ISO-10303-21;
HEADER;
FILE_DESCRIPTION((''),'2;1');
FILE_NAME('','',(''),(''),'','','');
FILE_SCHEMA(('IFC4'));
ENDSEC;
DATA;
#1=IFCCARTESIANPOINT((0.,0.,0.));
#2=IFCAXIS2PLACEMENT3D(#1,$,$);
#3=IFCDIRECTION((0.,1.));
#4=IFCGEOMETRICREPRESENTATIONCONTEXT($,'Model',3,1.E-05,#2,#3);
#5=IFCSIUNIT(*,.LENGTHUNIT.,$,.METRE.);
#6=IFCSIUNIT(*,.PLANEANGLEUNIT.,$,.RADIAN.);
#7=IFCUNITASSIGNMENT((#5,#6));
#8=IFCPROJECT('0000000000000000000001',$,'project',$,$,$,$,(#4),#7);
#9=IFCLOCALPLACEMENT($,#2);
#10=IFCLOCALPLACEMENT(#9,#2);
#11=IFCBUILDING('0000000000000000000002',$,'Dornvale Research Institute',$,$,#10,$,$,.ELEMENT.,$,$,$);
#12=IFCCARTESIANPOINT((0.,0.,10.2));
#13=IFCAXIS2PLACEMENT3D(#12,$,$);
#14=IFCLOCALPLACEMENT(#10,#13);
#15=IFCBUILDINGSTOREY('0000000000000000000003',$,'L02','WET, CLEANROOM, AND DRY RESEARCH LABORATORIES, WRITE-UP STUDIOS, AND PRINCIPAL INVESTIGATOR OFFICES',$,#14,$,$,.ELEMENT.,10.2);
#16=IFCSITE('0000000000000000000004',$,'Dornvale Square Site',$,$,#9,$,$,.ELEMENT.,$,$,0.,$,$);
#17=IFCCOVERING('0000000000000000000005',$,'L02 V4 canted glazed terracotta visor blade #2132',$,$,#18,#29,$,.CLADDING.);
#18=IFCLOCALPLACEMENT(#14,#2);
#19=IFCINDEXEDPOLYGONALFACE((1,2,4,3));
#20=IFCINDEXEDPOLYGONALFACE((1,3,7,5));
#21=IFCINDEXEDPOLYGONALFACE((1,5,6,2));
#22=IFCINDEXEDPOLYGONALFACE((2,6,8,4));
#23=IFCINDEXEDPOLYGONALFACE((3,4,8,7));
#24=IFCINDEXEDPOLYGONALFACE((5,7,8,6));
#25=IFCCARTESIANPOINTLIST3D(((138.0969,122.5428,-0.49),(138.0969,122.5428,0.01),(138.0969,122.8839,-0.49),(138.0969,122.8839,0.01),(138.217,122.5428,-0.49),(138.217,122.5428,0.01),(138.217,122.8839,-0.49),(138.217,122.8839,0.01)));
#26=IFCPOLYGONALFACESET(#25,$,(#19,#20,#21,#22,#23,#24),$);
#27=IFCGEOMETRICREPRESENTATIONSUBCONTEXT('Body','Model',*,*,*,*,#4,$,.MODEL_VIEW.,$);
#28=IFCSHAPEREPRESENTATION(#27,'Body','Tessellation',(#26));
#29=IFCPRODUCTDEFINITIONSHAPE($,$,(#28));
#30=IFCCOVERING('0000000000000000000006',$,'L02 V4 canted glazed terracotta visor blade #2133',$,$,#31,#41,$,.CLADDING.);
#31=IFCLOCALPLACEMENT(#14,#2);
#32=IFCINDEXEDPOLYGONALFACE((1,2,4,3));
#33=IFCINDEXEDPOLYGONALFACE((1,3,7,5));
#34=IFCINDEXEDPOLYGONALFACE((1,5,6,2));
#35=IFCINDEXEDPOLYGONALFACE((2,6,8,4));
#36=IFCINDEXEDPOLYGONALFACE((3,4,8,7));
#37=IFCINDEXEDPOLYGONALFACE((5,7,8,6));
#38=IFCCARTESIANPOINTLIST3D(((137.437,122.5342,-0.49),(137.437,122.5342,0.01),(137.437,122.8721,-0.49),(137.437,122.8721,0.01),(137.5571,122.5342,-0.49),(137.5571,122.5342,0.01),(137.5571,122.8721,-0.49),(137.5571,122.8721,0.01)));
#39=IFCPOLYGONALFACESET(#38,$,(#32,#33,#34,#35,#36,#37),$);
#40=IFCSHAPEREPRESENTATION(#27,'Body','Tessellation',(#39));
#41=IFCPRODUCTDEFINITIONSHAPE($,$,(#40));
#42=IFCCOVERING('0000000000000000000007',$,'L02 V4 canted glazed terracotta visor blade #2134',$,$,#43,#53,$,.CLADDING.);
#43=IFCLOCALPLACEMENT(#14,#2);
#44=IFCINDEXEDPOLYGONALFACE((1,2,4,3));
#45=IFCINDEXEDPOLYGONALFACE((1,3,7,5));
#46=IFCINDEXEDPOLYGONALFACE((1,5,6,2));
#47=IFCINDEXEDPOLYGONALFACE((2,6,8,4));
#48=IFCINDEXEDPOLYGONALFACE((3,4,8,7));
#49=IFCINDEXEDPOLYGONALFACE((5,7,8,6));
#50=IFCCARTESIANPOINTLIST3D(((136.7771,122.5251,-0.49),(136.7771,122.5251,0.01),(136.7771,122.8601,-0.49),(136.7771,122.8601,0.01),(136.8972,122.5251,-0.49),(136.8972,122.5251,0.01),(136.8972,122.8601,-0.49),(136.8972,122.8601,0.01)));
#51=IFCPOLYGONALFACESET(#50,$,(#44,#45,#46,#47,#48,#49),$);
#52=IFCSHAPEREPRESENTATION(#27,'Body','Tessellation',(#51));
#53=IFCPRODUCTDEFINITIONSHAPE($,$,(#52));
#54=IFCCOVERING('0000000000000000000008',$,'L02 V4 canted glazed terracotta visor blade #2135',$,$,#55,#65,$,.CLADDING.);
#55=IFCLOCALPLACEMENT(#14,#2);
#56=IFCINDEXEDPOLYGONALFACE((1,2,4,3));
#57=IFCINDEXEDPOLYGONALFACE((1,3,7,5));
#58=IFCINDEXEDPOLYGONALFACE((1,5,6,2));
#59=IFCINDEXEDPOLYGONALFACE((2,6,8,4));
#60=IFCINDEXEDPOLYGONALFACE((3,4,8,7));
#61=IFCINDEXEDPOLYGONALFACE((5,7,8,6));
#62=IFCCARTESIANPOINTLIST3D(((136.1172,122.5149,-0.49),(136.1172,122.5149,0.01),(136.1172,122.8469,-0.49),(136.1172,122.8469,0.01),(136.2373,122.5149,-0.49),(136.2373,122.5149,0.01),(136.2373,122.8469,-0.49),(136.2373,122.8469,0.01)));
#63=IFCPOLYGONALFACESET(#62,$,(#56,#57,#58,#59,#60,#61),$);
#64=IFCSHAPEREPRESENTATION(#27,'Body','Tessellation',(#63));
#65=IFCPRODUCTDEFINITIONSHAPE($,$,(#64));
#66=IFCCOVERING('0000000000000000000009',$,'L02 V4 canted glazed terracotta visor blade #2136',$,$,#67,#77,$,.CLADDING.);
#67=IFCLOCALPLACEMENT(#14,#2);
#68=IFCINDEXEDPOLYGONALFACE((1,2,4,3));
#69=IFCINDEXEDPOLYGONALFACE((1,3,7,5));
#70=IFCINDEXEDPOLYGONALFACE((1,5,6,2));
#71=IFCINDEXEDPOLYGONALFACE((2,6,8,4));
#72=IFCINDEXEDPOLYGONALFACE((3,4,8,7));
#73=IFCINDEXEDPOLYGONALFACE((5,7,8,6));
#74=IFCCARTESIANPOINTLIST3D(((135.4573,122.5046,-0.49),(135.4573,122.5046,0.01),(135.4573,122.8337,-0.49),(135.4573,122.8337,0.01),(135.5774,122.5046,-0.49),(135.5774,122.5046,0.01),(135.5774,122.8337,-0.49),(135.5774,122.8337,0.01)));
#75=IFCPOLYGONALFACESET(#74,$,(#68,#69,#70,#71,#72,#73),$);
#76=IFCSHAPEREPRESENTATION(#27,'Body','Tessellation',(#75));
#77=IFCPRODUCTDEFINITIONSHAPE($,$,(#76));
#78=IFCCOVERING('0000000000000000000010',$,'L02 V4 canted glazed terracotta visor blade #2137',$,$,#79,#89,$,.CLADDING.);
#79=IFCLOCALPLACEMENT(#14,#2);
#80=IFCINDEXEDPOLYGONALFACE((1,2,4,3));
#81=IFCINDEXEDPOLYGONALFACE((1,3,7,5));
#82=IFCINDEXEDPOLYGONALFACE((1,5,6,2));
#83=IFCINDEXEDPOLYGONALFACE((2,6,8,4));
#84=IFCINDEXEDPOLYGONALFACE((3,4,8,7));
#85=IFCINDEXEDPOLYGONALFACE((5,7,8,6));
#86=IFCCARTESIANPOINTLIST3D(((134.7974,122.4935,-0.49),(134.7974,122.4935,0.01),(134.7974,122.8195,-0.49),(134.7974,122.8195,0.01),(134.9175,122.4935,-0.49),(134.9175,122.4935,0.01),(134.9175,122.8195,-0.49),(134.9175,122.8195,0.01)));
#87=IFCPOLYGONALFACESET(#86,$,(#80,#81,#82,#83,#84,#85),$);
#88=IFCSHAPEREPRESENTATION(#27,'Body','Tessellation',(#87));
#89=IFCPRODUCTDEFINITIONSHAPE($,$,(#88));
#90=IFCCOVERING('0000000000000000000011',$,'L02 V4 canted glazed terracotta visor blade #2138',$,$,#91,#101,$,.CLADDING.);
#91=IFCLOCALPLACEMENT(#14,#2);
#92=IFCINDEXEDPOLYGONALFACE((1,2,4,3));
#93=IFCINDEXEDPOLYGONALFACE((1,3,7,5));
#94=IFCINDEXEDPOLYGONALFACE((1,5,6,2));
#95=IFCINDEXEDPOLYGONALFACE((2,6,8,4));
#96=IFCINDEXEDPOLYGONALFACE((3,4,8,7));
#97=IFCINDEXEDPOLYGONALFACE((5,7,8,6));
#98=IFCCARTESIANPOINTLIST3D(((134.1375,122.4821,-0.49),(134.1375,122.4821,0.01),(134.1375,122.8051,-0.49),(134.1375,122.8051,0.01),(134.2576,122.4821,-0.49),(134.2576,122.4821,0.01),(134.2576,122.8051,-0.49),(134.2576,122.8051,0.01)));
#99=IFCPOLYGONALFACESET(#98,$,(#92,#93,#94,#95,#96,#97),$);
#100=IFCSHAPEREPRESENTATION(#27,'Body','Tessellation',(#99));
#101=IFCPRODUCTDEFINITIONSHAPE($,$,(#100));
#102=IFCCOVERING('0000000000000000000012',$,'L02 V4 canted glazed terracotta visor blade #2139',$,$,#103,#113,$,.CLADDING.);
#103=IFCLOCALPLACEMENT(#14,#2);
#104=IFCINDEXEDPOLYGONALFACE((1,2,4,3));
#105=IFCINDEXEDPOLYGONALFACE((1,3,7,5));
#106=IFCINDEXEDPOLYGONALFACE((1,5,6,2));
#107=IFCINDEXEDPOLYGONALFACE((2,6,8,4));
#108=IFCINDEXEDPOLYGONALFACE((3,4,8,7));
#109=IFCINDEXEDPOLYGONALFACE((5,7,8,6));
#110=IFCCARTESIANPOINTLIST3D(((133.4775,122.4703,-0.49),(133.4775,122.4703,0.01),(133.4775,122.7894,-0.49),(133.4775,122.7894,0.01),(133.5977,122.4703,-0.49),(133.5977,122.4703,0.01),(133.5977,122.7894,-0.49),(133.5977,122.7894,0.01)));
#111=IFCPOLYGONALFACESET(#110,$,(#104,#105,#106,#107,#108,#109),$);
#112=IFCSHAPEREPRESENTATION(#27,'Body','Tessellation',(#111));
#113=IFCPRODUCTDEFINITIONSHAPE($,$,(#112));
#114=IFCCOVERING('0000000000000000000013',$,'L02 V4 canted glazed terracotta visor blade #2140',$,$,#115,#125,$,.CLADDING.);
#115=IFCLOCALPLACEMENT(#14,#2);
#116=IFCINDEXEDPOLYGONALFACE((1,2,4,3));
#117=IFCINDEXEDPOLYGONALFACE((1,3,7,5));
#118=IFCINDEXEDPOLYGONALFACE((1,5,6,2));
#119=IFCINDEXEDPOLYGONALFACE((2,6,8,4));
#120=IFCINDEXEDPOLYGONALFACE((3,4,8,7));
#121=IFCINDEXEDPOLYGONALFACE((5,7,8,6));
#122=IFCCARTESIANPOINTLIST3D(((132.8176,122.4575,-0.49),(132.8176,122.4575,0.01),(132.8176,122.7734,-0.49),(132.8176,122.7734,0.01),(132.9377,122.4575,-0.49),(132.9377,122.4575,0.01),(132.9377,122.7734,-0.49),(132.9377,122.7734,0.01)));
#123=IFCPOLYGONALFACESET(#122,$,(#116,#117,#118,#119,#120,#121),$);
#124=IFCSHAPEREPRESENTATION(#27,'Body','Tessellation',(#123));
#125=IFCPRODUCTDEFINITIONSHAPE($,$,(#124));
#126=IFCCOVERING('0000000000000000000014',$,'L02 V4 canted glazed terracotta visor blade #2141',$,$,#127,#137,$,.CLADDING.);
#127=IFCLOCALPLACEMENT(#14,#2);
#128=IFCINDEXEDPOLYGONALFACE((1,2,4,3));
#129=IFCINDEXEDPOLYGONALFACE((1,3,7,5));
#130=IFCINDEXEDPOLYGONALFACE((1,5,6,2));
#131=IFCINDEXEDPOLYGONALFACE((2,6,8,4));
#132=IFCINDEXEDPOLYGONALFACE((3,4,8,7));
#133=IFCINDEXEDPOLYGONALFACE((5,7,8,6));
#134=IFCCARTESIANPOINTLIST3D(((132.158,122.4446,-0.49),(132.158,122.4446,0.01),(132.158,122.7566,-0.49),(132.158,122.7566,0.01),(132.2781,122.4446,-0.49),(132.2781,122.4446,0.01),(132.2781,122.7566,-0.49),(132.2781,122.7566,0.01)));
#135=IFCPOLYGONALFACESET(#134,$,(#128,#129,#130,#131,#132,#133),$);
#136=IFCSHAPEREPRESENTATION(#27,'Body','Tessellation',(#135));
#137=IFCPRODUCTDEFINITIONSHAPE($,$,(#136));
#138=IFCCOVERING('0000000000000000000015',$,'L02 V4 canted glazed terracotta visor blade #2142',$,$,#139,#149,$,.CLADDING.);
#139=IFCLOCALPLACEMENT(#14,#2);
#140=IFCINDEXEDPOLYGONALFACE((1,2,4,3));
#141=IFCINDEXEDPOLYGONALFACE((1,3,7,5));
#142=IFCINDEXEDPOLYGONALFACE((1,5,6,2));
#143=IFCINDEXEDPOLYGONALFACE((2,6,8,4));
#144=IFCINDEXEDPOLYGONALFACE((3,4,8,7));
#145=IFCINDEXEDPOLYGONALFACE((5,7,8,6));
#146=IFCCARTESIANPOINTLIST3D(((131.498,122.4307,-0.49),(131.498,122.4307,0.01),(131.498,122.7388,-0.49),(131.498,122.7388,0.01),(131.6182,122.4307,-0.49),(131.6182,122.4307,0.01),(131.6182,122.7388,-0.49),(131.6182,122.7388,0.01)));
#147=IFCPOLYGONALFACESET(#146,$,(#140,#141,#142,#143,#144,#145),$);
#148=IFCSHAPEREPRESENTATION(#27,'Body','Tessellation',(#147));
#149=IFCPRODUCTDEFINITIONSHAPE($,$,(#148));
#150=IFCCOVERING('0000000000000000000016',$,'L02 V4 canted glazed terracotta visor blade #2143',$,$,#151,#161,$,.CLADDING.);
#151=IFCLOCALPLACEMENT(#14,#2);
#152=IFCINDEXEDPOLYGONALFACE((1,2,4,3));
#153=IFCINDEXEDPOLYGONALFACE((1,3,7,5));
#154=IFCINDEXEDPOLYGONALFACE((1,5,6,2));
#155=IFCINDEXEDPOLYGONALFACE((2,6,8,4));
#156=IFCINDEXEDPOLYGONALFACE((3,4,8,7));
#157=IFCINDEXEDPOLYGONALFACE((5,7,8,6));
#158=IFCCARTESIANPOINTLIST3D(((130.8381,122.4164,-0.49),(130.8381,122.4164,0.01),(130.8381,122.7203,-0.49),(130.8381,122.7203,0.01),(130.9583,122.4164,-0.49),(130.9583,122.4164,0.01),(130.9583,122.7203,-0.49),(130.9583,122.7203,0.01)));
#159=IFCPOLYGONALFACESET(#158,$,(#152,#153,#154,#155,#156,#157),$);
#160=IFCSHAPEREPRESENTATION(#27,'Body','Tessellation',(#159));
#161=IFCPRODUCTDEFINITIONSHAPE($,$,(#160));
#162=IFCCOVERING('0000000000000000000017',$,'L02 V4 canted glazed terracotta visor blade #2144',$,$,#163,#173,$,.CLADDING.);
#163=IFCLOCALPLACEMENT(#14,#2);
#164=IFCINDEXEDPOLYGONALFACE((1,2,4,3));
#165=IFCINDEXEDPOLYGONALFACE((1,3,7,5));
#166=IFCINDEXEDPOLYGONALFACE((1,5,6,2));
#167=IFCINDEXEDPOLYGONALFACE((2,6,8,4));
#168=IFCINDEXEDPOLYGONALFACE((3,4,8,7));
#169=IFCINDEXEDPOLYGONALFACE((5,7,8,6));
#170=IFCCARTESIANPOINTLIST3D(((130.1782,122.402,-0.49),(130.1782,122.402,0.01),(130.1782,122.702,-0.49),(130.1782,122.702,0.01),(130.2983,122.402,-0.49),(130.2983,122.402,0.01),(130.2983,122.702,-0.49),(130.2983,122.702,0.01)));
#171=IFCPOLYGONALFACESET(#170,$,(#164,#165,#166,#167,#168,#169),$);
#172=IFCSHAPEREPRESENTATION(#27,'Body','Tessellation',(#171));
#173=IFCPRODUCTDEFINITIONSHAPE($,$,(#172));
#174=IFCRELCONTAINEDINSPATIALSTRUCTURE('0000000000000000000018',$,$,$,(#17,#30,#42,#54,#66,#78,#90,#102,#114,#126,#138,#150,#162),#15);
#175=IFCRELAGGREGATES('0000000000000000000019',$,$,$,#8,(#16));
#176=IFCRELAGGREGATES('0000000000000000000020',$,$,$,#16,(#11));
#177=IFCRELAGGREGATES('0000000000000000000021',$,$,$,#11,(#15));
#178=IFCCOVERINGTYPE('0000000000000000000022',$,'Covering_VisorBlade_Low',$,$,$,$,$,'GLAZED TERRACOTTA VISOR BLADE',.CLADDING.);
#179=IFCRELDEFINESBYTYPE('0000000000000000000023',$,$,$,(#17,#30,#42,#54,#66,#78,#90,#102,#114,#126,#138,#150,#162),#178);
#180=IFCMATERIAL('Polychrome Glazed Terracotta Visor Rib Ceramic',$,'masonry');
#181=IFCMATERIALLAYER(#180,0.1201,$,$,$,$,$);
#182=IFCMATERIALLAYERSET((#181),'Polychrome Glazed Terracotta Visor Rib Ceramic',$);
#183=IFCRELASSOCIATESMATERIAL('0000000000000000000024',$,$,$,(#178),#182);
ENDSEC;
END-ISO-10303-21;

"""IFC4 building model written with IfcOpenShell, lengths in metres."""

from ifc_helpers import new_model, si_unit, direction, frame, origin, origin_2d, place, context, subcontext, project, spatial, rectangle, extrude, material, layer, layer_set, type_object, element, save


model = new_model("IFC4")

# Units and contexts
model_context = context("Model", 3, precision=1e-05, world=origin(), true_north=direction((0.0, 1.0)))
body_context = subcontext(model_context, "Body", "Model", "MODEL_VIEW")
ifc_project = project(units=[si_unit("LENGTHUNIT", "METRE"), si_unit("PLANEANGLEUNIT", "RADIAN")], contexts=[model_context])

# Site, building, storey
site_placement = place(None, origin())
site = spatial("IfcSite", under=ifc_project, at=site_placement, Name="Dornvale Square Site", CompositionType="ELEMENT", RefElevation=0.0)
building_placement = place(site_placement, origin())
building = spatial("IfcBuilding", under=site, at=building_placement, Name="Dornvale Research Institute", CompositionType="ELEMENT")
storey_placement = place(building_placement, frame((0.0, 0.0, 10.2)))
storey = spatial("IfcBuildingStorey", under=building, at=storey_placement, Name="L02", Description="WET, CLEANROOM, AND DRY RESEARCH LABORATORIES, WRITE-UP STUDIOS, AND PRINCIPAL INVESTIGATOR OFFICES", CompositionType="ELEMENT", Elevation=10.2)

# Coverings
ifc_material_1 = material(Name="Polychrome Glazed Terracotta Visor Rib Ceramic", Category="masonry")
ifc_layer_1 = layer(ifc_material_1, 0.1201)
ifc_layer_set_1 = layer_set([ifc_layer_1], Name="Polychrome Glazed Terracotta Visor Rib Ceramic")
covering_type = type_object("IfcCoveringType", Name="Covering_VisorBlade_Low", ElementType="GLAZED TERRACOTTA VISOR BLADE", PredefinedType="CLADDING", material=ifc_layer_set_1)
covering_1_placement = place(storey_placement, frame((138.157, 122.7134, -0.49), z_axis=(0.0, 0.0, 1.0), x_axis=(0.0, 1.0, 0.0)))
element("IfcCovering", 1, at=covering_1_placement, inside=storey, type_object=covering_type, Name="L02 V4 canted glazed terracotta visor blade #2132", PredefinedType="CLADDING", context=body_context, shape_type="SweptSolid", body=[
    extrude(rectangle(XDim=0.3411, YDim=0.1201, at=origin_2d()), origin(), (0.0, 0.0, 1.0), 0.5),
])
covering_2_placement = place(storey_placement, frame((137.4971, 122.7031, -0.49), z_axis=(0.0, 0.0, 1.0), x_axis=(0.0, 1.0, 0.0)))
element("IfcCovering", 2, at=covering_2_placement, inside=storey, type_object=covering_type, Name="L02 V4 canted glazed terracotta visor blade #2133", PredefinedType="CLADDING", context=body_context, shape_type="SweptSolid", body=[
    extrude(rectangle(XDim=0.3379, YDim=0.1201, at=origin_2d()), origin(), (0.0, 0.0, 1.0), 0.5),
])
covering_3_placement = place(storey_placement, frame((136.8372, 122.6926, -0.49), z_axis=(0.0, 0.0, 1.0), x_axis=(0.0, 1.0, 0.0)))
element("IfcCovering", 3, at=covering_3_placement, inside=storey, type_object=covering_type, Name="L02 V4 canted glazed terracotta visor blade #2134", PredefinedType="CLADDING", context=body_context, shape_type="SweptSolid", body=[
    extrude(rectangle(XDim=0.335, YDim=0.1201, at=origin_2d()), origin(), (0.0, 0.0, 1.0), 0.5),
])
covering_4_placement = place(storey_placement, frame((136.1772, 122.6809, -0.49), z_axis=(0.0, 0.0, 1.0), x_axis=(0.0, 1.0, 0.0)))
element("IfcCovering", 4, at=covering_4_placement, inside=storey, type_object=covering_type, Name="L02 V4 canted glazed terracotta visor blade #2135", PredefinedType="CLADDING", context=body_context, shape_type="SweptSolid", body=[
    extrude(rectangle(XDim=0.332, YDim=0.1201, at=origin_2d()), origin(), (0.0, 0.0, 1.0), 0.5),
])
covering_5_placement = place(storey_placement, frame((135.5173, 122.6692, -0.49), z_axis=(0.0, 0.0, 1.0), x_axis=(0.0, 1.0, 0.0)))
element("IfcCovering", 5, at=covering_5_placement, inside=storey, type_object=covering_type, Name="L02 V4 canted glazed terracotta visor blade #2136", PredefinedType="CLADDING", context=body_context, shape_type="SweptSolid", body=[
    extrude(rectangle(XDim=0.3291, YDim=0.1201, at=origin_2d()), origin(), (0.0, 0.0, 1.0), 0.5),
])
covering_6_placement = place(storey_placement, frame((134.8574, 122.6565, -0.49), z_axis=(0.0, 0.0, 1.0), x_axis=(0.0, 1.0, 0.0)))
element("IfcCovering", 6, at=covering_6_placement, inside=storey, type_object=covering_type, Name="L02 V4 canted glazed terracotta visor blade #2137", PredefinedType="CLADDING", context=body_context, shape_type="SweptSolid", body=[
    extrude(rectangle(XDim=0.3259, YDim=0.1201, at=origin_2d()), origin(), (0.0, 0.0, 1.0), 0.5),
])
covering_7_placement = place(storey_placement, frame((134.1975, 122.6436, -0.49), z_axis=(0.0, 0.0, 1.0), x_axis=(0.0, 1.0, 0.0)))
element("IfcCovering", 7, at=covering_7_placement, inside=storey, type_object=covering_type, Name="L02 V4 canted glazed terracotta visor blade #2138", PredefinedType="CLADDING", context=body_context, shape_type="SweptSolid", body=[
    extrude(rectangle(XDim=0.323, YDim=0.1201, at=origin_2d()), origin(), (0.0, 0.0, 1.0), 0.5),
])
covering_8_placement = place(storey_placement, frame((133.5376, 122.6299, -0.49), z_axis=(0.0, 0.0, 1.0), x_axis=(0.0, 1.0, 0.0)))
element("IfcCovering", 8, at=covering_8_placement, inside=storey, type_object=covering_type, Name="L02 V4 canted glazed terracotta visor blade #2139", PredefinedType="CLADDING", context=body_context, shape_type="SweptSolid", body=[
    extrude(rectangle(XDim=0.3191, YDim=0.1201, at=origin_2d()), origin(), (0.0, 0.0, 1.0), 0.5),
])
covering_9_placement = place(storey_placement, frame((132.8777, 122.6155, -0.49), z_axis=(0.0, 0.0, 1.0), x_axis=(0.0, 1.0, 0.0)))
element("IfcCovering", 9, at=covering_9_placement, inside=storey, type_object=covering_type, Name="L02 V4 canted glazed terracotta visor blade #2140", PredefinedType="CLADDING", context=body_context, shape_type="SweptSolid", body=[
    extrude(rectangle(XDim=0.3159, YDim=0.1201, at=origin_2d()), origin(), (0.0, 0.0, 1.0), 0.5),
])
covering_10_placement = place(storey_placement, frame((132.218, 122.6006, -0.49), z_axis=(0.0, 0.0, 1.0), x_axis=(0.0, 1.0, 0.0)))
element("IfcCovering", 10, at=covering_10_placement, inside=storey, type_object=covering_type, Name="L02 V4 canted glazed terracotta visor blade #2141", PredefinedType="CLADDING", context=body_context, shape_type="SweptSolid", body=[
    extrude(rectangle(XDim=0.312, YDim=0.1201, at=origin_2d()), origin(), (0.0, 0.0, 1.0), 0.5),
])
covering_11_placement = place(storey_placement, frame((131.5581, 122.5847, -0.49), z_axis=(0.0, 0.0, 1.0), x_axis=(0.0, 1.0, 0.0)))
element("IfcCovering", 11, at=covering_11_placement, inside=storey, type_object=covering_type, Name="L02 V4 canted glazed terracotta visor blade #2142", PredefinedType="CLADDING", context=body_context, shape_type="SweptSolid", body=[
    extrude(rectangle(XDim=0.3081, YDim=0.1201, at=origin_2d()), origin(), (0.0, 0.0, 1.0), 0.5),
])
covering_12_placement = place(storey_placement, frame((130.8982, 122.5684, -0.49), z_axis=(0.0, 0.0, 1.0), x_axis=(0.0, 1.0, 0.0)))
element("IfcCovering", 12, at=covering_12_placement, inside=storey, type_object=covering_type, Name="L02 V4 canted glazed terracotta visor blade #2143", PredefinedType="CLADDING", context=body_context, shape_type="SweptSolid", body=[
    extrude(rectangle(XDim=0.304, YDim=0.1201, at=origin_2d()), origin(), (0.0, 0.0, 1.0), 0.5),
])
covering_13_placement = place(storey_placement, frame((130.2383, 122.552, -0.49), z_axis=(0.0, 0.0, 1.0), x_axis=(0.0, 1.0, 0.0)))
element("IfcCovering", 13, at=covering_13_placement, inside=storey, type_object=covering_type, Name="L02 V4 canted glazed terracotta visor blade #2144", PredefinedType="CLADDING", context=body_context, shape_type="SweptSolid", body=[
    extrude(rectangle(XDim=0.3, YDim=0.1201, at=origin_2d()), origin(), (0.0, 0.0, 1.0), 0.5),
])

save(model, "model.ifc")
